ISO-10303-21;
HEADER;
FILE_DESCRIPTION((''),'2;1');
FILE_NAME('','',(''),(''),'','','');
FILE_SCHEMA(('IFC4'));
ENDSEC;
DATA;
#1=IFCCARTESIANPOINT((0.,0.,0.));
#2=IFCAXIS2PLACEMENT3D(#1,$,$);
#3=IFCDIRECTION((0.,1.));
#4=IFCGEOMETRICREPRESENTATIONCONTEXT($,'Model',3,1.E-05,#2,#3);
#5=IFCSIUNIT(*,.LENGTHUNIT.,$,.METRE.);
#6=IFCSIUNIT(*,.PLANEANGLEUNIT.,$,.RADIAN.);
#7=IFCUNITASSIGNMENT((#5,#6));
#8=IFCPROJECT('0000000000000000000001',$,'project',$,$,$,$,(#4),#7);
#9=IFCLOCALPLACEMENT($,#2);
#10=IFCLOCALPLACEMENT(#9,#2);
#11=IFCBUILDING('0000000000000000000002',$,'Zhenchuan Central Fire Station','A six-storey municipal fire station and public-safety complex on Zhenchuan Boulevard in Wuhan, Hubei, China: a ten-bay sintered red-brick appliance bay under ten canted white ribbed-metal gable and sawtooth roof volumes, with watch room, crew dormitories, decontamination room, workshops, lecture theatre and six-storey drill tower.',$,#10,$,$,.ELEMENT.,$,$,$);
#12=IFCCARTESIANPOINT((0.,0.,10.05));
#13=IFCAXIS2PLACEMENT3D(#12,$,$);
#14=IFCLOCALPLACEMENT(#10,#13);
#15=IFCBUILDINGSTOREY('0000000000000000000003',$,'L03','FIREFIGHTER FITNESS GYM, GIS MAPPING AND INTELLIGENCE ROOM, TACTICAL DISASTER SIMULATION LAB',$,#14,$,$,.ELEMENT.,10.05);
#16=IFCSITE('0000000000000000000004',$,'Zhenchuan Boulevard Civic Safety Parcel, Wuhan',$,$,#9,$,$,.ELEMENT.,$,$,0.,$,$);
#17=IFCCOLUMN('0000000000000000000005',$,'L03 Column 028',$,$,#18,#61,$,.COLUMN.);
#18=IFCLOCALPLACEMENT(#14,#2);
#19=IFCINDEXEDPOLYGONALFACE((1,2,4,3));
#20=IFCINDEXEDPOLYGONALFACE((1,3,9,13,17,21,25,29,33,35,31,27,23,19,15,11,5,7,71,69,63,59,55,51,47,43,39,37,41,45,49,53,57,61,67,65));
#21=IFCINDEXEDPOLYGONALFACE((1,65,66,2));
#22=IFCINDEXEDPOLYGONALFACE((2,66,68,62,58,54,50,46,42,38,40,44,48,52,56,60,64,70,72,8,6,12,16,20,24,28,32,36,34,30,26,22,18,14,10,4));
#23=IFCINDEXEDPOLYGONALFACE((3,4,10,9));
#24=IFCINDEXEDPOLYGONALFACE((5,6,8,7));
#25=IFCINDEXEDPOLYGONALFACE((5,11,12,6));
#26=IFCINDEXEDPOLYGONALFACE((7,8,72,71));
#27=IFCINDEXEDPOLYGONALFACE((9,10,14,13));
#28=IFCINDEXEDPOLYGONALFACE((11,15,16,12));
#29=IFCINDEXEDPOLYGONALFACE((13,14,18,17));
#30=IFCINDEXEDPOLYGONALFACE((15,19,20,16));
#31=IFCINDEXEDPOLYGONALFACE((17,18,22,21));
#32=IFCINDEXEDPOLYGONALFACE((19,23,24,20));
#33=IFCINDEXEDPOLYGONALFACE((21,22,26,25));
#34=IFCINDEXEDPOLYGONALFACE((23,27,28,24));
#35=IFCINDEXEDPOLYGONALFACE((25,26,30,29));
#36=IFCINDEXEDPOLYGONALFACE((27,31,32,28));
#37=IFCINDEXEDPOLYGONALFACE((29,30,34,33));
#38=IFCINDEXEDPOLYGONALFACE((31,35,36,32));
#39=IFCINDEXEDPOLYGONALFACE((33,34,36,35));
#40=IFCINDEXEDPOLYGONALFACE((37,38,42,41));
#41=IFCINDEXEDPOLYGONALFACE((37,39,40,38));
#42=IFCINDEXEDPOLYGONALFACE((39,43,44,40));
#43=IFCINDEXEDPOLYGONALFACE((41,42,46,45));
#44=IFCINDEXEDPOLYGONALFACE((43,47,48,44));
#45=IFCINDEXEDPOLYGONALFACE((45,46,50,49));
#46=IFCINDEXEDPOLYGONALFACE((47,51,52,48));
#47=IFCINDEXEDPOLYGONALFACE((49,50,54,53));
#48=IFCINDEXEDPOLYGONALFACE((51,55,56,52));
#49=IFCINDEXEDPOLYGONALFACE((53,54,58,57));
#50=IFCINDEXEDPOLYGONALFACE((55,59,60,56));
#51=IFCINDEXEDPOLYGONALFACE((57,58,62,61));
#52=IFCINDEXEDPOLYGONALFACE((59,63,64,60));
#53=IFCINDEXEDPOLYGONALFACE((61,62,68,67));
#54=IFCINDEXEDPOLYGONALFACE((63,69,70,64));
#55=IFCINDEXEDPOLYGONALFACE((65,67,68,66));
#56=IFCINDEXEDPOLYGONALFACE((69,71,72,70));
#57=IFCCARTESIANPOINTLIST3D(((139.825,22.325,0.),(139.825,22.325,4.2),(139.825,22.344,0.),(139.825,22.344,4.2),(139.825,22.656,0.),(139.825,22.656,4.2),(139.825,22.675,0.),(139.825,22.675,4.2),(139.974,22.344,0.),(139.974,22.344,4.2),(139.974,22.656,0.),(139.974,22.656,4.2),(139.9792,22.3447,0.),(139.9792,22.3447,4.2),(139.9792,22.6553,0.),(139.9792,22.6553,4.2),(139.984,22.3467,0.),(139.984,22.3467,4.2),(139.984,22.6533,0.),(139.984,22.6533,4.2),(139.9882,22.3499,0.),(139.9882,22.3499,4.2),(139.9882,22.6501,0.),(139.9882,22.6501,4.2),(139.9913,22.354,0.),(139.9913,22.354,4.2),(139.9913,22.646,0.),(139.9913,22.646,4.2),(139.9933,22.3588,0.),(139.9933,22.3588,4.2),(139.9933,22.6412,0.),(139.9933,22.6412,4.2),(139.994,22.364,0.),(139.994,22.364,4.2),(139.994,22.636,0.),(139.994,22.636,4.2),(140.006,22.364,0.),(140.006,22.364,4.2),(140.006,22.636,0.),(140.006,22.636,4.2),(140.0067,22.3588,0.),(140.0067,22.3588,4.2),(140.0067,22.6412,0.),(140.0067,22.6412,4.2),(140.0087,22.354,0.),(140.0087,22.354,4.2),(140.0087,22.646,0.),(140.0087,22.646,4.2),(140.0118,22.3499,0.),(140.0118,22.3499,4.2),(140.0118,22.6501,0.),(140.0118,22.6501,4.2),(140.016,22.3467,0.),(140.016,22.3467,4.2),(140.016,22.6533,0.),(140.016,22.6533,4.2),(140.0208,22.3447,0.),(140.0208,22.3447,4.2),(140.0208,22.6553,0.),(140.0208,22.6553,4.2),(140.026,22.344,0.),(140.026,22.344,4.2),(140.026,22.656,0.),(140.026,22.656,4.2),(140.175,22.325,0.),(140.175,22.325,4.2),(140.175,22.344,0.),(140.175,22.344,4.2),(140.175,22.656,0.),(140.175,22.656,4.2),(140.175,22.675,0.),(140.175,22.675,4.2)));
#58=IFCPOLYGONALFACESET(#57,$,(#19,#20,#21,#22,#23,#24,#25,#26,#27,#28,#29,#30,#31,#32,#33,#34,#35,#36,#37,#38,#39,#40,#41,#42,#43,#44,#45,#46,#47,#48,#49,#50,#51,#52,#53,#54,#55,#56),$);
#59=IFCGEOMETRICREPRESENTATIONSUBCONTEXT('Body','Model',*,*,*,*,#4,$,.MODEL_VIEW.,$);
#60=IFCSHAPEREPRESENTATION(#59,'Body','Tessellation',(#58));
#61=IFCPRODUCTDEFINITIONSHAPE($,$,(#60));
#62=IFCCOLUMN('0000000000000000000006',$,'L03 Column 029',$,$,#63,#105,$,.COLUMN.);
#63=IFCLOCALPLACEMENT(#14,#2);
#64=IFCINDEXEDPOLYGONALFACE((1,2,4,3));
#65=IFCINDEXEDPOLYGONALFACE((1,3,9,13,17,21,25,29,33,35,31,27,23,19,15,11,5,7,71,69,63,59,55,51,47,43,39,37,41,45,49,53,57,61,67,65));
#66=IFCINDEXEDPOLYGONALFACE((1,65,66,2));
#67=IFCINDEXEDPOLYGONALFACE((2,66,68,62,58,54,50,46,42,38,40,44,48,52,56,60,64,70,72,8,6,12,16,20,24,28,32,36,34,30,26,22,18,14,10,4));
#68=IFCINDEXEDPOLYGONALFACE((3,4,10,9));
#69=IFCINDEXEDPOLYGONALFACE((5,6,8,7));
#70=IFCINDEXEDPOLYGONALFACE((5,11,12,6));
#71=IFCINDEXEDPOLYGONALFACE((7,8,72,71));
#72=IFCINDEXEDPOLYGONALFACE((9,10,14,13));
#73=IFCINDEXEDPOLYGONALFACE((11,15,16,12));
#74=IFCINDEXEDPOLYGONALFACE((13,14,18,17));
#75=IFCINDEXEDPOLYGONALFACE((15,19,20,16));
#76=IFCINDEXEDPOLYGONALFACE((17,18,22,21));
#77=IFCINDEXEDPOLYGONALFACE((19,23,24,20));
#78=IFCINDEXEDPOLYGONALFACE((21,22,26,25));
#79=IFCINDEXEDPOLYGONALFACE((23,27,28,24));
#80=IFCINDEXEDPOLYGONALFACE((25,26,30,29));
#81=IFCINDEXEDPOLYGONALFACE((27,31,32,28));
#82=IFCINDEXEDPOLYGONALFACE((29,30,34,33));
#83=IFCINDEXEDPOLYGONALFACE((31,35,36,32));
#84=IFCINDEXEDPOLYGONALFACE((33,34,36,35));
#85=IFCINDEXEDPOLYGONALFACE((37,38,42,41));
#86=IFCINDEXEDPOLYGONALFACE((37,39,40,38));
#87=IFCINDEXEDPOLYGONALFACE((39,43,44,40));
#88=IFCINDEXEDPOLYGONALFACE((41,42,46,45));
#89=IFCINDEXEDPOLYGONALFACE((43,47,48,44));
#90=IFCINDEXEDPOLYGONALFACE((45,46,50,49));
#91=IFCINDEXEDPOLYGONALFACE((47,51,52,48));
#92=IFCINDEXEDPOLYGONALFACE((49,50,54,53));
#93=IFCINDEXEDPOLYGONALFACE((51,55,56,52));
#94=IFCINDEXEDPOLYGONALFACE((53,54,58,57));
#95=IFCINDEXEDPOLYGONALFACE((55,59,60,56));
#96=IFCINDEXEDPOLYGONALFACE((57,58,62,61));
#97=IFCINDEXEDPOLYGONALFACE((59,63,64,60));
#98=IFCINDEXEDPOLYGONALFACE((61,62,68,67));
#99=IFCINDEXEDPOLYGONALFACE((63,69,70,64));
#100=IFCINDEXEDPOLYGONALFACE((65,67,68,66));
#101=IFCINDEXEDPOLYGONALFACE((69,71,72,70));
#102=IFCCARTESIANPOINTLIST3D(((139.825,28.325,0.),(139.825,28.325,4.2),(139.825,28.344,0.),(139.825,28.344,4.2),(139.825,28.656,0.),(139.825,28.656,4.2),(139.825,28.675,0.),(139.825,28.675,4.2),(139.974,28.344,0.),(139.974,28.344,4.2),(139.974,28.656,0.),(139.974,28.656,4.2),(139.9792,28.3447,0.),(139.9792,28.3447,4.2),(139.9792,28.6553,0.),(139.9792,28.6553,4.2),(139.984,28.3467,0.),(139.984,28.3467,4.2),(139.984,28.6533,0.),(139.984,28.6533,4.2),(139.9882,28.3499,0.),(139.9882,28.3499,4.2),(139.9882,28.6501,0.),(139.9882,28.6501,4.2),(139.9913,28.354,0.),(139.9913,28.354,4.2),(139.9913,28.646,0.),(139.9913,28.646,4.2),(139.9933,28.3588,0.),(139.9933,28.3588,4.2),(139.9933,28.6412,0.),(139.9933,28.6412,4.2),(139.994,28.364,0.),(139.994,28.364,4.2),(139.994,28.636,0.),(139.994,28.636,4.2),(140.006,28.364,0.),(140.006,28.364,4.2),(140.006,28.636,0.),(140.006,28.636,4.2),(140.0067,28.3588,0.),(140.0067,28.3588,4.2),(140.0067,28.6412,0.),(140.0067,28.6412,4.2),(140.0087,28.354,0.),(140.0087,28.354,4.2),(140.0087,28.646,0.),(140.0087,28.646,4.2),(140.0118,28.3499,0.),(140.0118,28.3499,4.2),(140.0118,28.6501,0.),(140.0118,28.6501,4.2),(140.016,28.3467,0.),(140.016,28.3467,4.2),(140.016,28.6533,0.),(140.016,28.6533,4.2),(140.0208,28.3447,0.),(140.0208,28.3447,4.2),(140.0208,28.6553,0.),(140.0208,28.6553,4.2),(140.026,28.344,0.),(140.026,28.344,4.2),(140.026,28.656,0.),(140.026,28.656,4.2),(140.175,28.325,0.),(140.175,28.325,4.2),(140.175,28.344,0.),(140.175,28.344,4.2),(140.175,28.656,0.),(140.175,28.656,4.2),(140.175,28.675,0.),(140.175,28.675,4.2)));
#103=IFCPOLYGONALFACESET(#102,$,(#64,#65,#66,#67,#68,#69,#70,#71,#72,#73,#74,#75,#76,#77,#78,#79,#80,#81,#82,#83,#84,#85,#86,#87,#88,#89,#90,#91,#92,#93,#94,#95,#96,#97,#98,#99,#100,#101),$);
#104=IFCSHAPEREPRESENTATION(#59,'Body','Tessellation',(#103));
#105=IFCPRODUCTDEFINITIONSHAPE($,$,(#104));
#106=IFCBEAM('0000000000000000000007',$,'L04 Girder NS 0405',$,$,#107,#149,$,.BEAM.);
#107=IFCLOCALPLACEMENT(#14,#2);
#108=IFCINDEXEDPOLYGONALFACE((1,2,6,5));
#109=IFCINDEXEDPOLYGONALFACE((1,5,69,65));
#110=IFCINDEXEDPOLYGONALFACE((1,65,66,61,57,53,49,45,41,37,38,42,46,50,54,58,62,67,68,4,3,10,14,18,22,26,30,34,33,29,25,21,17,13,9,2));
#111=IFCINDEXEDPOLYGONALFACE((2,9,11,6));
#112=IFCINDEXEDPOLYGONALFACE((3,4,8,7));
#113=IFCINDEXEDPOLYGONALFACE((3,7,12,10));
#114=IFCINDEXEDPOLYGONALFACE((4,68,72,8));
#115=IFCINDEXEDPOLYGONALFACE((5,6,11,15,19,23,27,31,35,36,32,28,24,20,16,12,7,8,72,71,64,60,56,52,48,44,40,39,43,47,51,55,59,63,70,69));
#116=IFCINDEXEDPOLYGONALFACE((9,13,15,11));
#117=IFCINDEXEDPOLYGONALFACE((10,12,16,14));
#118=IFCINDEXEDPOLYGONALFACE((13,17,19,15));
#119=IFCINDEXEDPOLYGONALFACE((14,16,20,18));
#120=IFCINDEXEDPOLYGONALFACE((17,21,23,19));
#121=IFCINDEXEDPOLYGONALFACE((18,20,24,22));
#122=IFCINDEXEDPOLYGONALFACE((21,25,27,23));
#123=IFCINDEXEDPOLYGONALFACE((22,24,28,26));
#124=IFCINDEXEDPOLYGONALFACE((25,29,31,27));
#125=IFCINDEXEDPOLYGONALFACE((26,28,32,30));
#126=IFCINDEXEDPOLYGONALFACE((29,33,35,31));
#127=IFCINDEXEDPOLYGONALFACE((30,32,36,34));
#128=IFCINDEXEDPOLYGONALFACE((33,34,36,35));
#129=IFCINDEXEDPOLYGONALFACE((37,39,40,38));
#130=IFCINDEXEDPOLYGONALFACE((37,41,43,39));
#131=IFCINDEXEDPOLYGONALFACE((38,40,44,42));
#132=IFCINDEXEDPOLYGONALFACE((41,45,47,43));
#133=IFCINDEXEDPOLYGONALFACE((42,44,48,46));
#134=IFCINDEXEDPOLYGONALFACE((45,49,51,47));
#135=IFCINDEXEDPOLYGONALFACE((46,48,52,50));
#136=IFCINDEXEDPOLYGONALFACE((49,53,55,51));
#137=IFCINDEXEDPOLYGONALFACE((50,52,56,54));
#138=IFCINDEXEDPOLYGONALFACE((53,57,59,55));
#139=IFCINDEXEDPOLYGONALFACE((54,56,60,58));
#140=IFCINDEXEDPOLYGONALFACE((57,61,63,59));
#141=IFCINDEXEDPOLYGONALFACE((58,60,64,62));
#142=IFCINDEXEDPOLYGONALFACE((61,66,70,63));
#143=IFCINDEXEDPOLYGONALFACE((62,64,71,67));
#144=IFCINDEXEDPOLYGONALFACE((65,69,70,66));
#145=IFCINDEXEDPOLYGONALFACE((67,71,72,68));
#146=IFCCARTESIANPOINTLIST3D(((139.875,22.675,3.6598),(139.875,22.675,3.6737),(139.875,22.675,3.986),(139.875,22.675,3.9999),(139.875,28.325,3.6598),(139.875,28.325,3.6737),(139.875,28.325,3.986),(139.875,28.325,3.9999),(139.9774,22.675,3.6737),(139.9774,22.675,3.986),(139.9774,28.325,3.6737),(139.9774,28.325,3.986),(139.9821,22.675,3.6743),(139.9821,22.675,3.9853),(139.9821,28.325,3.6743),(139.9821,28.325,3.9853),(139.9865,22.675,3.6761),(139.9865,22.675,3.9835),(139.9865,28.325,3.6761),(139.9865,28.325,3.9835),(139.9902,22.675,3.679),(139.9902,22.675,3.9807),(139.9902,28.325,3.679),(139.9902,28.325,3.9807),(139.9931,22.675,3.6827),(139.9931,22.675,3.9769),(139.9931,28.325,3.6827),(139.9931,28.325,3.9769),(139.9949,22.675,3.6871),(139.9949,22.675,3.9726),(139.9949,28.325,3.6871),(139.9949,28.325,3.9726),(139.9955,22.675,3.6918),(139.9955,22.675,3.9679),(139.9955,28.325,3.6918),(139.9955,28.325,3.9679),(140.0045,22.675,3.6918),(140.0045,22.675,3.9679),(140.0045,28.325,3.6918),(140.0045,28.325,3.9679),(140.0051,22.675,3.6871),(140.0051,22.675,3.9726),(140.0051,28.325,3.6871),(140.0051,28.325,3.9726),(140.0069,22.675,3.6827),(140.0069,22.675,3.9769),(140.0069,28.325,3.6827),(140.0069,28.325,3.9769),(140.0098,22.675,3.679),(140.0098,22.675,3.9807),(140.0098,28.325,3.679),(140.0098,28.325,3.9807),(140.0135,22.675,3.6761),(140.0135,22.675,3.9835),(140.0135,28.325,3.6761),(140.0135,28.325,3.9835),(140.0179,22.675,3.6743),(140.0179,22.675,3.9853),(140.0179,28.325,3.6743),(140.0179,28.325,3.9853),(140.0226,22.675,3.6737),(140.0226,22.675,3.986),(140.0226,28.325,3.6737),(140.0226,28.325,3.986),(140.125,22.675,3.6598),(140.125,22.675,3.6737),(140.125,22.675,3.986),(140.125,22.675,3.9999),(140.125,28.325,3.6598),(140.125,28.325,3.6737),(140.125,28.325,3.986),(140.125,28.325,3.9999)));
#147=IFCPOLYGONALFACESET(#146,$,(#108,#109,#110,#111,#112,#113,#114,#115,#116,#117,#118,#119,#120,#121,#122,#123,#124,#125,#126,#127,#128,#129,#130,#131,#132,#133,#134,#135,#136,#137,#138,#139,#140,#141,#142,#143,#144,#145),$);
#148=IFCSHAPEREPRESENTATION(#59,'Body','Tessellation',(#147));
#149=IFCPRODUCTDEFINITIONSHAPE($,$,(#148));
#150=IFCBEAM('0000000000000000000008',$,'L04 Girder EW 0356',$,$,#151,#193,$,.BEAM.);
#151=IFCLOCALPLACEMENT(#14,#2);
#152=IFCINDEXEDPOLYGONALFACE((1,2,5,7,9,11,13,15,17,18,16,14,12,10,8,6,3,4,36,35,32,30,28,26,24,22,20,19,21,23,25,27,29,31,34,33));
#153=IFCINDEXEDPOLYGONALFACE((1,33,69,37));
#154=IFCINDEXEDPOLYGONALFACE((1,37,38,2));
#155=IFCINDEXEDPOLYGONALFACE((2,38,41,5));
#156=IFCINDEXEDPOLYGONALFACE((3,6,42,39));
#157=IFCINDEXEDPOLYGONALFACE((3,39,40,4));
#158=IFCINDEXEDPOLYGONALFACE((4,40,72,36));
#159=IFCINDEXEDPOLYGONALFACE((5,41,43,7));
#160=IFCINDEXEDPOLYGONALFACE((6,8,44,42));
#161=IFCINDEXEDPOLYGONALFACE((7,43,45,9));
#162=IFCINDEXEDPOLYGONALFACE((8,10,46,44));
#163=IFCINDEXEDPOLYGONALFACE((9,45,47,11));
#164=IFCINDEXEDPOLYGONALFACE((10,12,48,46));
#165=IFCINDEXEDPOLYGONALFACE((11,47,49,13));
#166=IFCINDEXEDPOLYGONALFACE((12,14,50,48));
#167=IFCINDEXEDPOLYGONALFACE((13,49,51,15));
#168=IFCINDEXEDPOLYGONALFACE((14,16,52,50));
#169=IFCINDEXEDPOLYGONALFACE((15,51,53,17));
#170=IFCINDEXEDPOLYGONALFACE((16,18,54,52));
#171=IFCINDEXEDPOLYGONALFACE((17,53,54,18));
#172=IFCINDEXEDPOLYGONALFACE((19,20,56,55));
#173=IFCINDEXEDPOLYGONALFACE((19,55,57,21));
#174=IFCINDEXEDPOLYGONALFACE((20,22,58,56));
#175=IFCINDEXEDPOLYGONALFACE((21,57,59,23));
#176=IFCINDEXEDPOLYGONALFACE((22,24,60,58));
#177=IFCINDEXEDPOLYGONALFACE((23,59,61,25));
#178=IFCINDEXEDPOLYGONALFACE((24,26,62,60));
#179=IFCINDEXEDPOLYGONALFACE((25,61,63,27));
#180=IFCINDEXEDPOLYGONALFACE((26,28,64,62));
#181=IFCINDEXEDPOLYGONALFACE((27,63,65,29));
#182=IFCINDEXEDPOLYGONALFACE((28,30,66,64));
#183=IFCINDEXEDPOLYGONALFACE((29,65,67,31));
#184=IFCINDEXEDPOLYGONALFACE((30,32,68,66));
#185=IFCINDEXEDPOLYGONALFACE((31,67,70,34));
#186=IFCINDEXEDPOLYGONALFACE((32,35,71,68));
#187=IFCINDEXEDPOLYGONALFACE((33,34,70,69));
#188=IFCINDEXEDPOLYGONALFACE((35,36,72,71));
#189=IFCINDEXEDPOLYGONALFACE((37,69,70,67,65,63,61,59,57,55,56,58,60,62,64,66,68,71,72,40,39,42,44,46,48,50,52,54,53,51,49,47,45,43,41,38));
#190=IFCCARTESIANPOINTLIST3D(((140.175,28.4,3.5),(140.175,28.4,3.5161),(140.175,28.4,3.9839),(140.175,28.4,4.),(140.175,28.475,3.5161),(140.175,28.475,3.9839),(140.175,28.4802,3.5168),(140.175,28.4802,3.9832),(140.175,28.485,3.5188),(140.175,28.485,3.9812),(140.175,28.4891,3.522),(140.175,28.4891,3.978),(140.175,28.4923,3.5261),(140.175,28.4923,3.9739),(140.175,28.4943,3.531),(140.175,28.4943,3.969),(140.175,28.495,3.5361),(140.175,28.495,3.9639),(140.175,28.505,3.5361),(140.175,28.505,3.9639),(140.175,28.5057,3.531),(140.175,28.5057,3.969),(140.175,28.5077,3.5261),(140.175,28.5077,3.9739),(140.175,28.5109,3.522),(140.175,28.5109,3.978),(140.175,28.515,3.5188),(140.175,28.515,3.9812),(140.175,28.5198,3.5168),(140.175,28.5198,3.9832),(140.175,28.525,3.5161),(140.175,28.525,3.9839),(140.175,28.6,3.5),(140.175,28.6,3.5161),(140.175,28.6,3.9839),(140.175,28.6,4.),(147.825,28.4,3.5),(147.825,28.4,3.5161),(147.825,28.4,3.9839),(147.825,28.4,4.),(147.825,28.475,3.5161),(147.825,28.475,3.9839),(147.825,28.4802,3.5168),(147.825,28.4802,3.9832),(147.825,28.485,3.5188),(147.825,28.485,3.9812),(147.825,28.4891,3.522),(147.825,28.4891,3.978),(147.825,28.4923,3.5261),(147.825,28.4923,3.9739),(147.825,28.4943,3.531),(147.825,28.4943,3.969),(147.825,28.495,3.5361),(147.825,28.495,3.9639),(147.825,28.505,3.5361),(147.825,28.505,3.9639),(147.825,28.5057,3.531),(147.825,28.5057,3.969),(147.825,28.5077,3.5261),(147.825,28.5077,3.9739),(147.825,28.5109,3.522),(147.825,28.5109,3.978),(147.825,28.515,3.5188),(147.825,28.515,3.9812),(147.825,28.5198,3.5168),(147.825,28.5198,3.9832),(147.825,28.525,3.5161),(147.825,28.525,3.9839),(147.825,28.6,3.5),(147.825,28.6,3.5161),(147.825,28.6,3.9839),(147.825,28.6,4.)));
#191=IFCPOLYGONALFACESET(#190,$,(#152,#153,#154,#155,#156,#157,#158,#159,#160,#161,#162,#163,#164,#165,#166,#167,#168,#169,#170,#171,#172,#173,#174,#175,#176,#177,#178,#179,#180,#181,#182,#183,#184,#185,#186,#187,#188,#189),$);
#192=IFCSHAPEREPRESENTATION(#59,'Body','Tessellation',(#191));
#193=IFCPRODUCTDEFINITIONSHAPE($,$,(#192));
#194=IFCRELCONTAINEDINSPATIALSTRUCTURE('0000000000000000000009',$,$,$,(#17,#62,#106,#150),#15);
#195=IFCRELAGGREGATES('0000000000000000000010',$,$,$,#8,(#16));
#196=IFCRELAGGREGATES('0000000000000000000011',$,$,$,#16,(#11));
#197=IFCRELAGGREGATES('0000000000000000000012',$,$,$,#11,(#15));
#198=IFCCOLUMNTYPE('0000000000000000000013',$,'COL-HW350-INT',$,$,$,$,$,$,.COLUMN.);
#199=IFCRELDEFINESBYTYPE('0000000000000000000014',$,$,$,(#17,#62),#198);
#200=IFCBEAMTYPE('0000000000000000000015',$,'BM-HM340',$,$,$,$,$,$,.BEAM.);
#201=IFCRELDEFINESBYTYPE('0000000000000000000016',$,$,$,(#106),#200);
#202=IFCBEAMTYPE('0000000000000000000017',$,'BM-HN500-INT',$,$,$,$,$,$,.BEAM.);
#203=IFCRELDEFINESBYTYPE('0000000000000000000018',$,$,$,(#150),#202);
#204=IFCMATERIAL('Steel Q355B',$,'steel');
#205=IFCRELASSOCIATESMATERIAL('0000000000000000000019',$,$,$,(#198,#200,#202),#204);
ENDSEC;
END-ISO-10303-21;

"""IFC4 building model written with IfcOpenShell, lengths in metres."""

from ifc_helpers import new_model, si_unit, direction, frame, origin, origin_2d, place, context, subcontext, project, spatial, i_section, extrude, material, material_profile, profile_set, type_object, element, save


model = new_model("IFC4")

# Units and contexts
model_context = context("Model", 3, precision=1e-05, world=origin(), true_north=direction((0.0, 1.0)))
body_context = subcontext(model_context, "Body", "Model", "MODEL_VIEW")
ifc_project = project(units=[si_unit("LENGTHUNIT", "METRE"), si_unit("PLANEANGLEUNIT", "RADIAN")], contexts=[model_context])

# Site, building, storey
site_placement = place(None, origin())
site = spatial("IfcSite", under=ifc_project, at=site_placement, Name="Zhenchuan Boulevard Civic Safety Parcel, Wuhan", CompositionType="ELEMENT", RefElevation=0.0)
building_placement = place(site_placement, origin())
building = spatial("IfcBuilding", under=site, at=building_placement, Name="Zhenchuan Central Fire Station", Description="A six-storey municipal fire station and public-safety complex on Zhenchuan Boulevard in Wuhan, Hubei, China: a ten-bay sintered red-brick appliance bay under ten canted white ribbed-metal gable and sawtooth roof volumes, with watch room, crew dormitories, decontamination room, workshops, lecture theatre and six-storey drill tower.", CompositionType="ELEMENT")
storey_placement = place(building_placement, frame((0.0, 0.0, 10.05)))
storey = spatial("IfcBuildingStorey", under=building, at=storey_placement, Name="L03", Description="FIREFIGHTER FITNESS GYM, GIS MAPPING AND INTELLIGENCE ROOM, TACTICAL DISASTER SIMULATION LAB", CompositionType="ELEMENT", Elevation=10.05)

# Columns
ifc_material_1 = material(Name="Steel Q355B", Category="steel")
ifc_material_profile_1 = material_profile(ifc_material_1, i_section(OverallWidth=0.3501, OverallDepth=0.3501, WebThickness=0.012, FlangeThickness=0.019, FilletRadius=0.02, at=origin_2d()), Name="HW 350x350")
ifc_profile_set_1 = profile_set([ifc_material_profile_1], Name="Steel Q355B")
column_type = type_object("IfcColumnType", Name="COL-HW350-INT", PredefinedType="COLUMN", material=ifc_profile_set_1)
for number, where, z_axis, x_axis, name in (
    (1, (140.0, 22.5, 0.0), (0.0, 0.0, 1.0), (1.0, 0.0, 0.0), "L03 Column 028"),
    (2, (140.0, 28.5, 0.0), (0.0, 0.0, 1.0), (1.0, 0.0, 0.0), "L03 Column 029"),
):
    element("IfcColumn", number, at=place(storey_placement, frame(where, z_axis=z_axis, x_axis=x_axis)), inside=storey, type_object=column_type, Name=name, PredefinedType="COLUMN", context=body_context, shape_type="SweptSolid", body=[
        extrude(i_section(OverallWidth=0.3501, OverallDepth=0.3501, WebThickness=0.012, FlangeThickness=0.019, FilletRadius=0.02, at=origin_2d()), origin(), (0.0, 0.0, 1.0), 4.2),
    ])

# Beams
ifc_material_profile_2 = material_profile(ifc_material_1, i_section(OverallWidth=0.25, OverallDepth=0.3401, WebThickness=0.009, FlangeThickness=0.0139, FilletRadius=0.0181, at=origin_2d()), Name="HM 340x250")
ifc_profile_set_2 = profile_set([ifc_material_profile_2], Name="Steel Q355B")
beam_type_1 = type_object("IfcBeamType", Name="BM-HM340", PredefinedType="BEAM", material=ifc_profile_set_2)
beam_1_placement = place(storey_placement, frame((140.0, 22.675, 3.8298), z_axis=(0.0, 1.0, 0.0), x_axis=(-1.0, 0.0, 0.0)))
element("IfcBeam", 3, at=beam_1_placement, inside=storey, type_object=beam_type_1, Name="L04 Girder NS 0405", PredefinedType="BEAM", context=body_context, shape_type="SweptSolid", body=[
    extrude(i_section(OverallWidth=0.25, OverallDepth=0.3401, WebThickness=0.009, FlangeThickness=0.0139, FilletRadius=0.0181, at=origin_2d()), origin(), (0.0, 0.0, 1.0), 5.6499),
])
ifc_material_profile_3 = material_profile(ifc_material_1, i_section(OverallWidth=0.2, OverallDepth=0.5, WebThickness=0.01, FlangeThickness=0.0161, FilletRadius=0.02, at=origin_2d()), Name="HN 500x200")
ifc_profile_set_3 = profile_set([ifc_material_profile_3], Name="Steel Q355B")
beam_type_2 = type_object("IfcBeamType", Name="BM-HN500-INT", PredefinedType="BEAM", material=ifc_profile_set_3)
beam_2_placement = place(storey_placement, frame((140.175, 28.5, 3.75), z_axis=(1.0, 0.0, 0.0), x_axis=(0.0, 1.0, 0.0)))
element("IfcBeam", 4, at=beam_2_placement, inside=storey, type_object=beam_type_2, Name="L04 Girder EW 0356", PredefinedType="BEAM", context=body_context, shape_type="SweptSolid", body=[
    extrude(i_section(OverallWidth=0.2, OverallDepth=0.5, WebThickness=0.01, FlangeThickness=0.0161, FilletRadius=0.02, at=origin_2d()), origin(), (0.0, 0.0, 1.0), 7.6499),
])

save(model, "model.ifc")
